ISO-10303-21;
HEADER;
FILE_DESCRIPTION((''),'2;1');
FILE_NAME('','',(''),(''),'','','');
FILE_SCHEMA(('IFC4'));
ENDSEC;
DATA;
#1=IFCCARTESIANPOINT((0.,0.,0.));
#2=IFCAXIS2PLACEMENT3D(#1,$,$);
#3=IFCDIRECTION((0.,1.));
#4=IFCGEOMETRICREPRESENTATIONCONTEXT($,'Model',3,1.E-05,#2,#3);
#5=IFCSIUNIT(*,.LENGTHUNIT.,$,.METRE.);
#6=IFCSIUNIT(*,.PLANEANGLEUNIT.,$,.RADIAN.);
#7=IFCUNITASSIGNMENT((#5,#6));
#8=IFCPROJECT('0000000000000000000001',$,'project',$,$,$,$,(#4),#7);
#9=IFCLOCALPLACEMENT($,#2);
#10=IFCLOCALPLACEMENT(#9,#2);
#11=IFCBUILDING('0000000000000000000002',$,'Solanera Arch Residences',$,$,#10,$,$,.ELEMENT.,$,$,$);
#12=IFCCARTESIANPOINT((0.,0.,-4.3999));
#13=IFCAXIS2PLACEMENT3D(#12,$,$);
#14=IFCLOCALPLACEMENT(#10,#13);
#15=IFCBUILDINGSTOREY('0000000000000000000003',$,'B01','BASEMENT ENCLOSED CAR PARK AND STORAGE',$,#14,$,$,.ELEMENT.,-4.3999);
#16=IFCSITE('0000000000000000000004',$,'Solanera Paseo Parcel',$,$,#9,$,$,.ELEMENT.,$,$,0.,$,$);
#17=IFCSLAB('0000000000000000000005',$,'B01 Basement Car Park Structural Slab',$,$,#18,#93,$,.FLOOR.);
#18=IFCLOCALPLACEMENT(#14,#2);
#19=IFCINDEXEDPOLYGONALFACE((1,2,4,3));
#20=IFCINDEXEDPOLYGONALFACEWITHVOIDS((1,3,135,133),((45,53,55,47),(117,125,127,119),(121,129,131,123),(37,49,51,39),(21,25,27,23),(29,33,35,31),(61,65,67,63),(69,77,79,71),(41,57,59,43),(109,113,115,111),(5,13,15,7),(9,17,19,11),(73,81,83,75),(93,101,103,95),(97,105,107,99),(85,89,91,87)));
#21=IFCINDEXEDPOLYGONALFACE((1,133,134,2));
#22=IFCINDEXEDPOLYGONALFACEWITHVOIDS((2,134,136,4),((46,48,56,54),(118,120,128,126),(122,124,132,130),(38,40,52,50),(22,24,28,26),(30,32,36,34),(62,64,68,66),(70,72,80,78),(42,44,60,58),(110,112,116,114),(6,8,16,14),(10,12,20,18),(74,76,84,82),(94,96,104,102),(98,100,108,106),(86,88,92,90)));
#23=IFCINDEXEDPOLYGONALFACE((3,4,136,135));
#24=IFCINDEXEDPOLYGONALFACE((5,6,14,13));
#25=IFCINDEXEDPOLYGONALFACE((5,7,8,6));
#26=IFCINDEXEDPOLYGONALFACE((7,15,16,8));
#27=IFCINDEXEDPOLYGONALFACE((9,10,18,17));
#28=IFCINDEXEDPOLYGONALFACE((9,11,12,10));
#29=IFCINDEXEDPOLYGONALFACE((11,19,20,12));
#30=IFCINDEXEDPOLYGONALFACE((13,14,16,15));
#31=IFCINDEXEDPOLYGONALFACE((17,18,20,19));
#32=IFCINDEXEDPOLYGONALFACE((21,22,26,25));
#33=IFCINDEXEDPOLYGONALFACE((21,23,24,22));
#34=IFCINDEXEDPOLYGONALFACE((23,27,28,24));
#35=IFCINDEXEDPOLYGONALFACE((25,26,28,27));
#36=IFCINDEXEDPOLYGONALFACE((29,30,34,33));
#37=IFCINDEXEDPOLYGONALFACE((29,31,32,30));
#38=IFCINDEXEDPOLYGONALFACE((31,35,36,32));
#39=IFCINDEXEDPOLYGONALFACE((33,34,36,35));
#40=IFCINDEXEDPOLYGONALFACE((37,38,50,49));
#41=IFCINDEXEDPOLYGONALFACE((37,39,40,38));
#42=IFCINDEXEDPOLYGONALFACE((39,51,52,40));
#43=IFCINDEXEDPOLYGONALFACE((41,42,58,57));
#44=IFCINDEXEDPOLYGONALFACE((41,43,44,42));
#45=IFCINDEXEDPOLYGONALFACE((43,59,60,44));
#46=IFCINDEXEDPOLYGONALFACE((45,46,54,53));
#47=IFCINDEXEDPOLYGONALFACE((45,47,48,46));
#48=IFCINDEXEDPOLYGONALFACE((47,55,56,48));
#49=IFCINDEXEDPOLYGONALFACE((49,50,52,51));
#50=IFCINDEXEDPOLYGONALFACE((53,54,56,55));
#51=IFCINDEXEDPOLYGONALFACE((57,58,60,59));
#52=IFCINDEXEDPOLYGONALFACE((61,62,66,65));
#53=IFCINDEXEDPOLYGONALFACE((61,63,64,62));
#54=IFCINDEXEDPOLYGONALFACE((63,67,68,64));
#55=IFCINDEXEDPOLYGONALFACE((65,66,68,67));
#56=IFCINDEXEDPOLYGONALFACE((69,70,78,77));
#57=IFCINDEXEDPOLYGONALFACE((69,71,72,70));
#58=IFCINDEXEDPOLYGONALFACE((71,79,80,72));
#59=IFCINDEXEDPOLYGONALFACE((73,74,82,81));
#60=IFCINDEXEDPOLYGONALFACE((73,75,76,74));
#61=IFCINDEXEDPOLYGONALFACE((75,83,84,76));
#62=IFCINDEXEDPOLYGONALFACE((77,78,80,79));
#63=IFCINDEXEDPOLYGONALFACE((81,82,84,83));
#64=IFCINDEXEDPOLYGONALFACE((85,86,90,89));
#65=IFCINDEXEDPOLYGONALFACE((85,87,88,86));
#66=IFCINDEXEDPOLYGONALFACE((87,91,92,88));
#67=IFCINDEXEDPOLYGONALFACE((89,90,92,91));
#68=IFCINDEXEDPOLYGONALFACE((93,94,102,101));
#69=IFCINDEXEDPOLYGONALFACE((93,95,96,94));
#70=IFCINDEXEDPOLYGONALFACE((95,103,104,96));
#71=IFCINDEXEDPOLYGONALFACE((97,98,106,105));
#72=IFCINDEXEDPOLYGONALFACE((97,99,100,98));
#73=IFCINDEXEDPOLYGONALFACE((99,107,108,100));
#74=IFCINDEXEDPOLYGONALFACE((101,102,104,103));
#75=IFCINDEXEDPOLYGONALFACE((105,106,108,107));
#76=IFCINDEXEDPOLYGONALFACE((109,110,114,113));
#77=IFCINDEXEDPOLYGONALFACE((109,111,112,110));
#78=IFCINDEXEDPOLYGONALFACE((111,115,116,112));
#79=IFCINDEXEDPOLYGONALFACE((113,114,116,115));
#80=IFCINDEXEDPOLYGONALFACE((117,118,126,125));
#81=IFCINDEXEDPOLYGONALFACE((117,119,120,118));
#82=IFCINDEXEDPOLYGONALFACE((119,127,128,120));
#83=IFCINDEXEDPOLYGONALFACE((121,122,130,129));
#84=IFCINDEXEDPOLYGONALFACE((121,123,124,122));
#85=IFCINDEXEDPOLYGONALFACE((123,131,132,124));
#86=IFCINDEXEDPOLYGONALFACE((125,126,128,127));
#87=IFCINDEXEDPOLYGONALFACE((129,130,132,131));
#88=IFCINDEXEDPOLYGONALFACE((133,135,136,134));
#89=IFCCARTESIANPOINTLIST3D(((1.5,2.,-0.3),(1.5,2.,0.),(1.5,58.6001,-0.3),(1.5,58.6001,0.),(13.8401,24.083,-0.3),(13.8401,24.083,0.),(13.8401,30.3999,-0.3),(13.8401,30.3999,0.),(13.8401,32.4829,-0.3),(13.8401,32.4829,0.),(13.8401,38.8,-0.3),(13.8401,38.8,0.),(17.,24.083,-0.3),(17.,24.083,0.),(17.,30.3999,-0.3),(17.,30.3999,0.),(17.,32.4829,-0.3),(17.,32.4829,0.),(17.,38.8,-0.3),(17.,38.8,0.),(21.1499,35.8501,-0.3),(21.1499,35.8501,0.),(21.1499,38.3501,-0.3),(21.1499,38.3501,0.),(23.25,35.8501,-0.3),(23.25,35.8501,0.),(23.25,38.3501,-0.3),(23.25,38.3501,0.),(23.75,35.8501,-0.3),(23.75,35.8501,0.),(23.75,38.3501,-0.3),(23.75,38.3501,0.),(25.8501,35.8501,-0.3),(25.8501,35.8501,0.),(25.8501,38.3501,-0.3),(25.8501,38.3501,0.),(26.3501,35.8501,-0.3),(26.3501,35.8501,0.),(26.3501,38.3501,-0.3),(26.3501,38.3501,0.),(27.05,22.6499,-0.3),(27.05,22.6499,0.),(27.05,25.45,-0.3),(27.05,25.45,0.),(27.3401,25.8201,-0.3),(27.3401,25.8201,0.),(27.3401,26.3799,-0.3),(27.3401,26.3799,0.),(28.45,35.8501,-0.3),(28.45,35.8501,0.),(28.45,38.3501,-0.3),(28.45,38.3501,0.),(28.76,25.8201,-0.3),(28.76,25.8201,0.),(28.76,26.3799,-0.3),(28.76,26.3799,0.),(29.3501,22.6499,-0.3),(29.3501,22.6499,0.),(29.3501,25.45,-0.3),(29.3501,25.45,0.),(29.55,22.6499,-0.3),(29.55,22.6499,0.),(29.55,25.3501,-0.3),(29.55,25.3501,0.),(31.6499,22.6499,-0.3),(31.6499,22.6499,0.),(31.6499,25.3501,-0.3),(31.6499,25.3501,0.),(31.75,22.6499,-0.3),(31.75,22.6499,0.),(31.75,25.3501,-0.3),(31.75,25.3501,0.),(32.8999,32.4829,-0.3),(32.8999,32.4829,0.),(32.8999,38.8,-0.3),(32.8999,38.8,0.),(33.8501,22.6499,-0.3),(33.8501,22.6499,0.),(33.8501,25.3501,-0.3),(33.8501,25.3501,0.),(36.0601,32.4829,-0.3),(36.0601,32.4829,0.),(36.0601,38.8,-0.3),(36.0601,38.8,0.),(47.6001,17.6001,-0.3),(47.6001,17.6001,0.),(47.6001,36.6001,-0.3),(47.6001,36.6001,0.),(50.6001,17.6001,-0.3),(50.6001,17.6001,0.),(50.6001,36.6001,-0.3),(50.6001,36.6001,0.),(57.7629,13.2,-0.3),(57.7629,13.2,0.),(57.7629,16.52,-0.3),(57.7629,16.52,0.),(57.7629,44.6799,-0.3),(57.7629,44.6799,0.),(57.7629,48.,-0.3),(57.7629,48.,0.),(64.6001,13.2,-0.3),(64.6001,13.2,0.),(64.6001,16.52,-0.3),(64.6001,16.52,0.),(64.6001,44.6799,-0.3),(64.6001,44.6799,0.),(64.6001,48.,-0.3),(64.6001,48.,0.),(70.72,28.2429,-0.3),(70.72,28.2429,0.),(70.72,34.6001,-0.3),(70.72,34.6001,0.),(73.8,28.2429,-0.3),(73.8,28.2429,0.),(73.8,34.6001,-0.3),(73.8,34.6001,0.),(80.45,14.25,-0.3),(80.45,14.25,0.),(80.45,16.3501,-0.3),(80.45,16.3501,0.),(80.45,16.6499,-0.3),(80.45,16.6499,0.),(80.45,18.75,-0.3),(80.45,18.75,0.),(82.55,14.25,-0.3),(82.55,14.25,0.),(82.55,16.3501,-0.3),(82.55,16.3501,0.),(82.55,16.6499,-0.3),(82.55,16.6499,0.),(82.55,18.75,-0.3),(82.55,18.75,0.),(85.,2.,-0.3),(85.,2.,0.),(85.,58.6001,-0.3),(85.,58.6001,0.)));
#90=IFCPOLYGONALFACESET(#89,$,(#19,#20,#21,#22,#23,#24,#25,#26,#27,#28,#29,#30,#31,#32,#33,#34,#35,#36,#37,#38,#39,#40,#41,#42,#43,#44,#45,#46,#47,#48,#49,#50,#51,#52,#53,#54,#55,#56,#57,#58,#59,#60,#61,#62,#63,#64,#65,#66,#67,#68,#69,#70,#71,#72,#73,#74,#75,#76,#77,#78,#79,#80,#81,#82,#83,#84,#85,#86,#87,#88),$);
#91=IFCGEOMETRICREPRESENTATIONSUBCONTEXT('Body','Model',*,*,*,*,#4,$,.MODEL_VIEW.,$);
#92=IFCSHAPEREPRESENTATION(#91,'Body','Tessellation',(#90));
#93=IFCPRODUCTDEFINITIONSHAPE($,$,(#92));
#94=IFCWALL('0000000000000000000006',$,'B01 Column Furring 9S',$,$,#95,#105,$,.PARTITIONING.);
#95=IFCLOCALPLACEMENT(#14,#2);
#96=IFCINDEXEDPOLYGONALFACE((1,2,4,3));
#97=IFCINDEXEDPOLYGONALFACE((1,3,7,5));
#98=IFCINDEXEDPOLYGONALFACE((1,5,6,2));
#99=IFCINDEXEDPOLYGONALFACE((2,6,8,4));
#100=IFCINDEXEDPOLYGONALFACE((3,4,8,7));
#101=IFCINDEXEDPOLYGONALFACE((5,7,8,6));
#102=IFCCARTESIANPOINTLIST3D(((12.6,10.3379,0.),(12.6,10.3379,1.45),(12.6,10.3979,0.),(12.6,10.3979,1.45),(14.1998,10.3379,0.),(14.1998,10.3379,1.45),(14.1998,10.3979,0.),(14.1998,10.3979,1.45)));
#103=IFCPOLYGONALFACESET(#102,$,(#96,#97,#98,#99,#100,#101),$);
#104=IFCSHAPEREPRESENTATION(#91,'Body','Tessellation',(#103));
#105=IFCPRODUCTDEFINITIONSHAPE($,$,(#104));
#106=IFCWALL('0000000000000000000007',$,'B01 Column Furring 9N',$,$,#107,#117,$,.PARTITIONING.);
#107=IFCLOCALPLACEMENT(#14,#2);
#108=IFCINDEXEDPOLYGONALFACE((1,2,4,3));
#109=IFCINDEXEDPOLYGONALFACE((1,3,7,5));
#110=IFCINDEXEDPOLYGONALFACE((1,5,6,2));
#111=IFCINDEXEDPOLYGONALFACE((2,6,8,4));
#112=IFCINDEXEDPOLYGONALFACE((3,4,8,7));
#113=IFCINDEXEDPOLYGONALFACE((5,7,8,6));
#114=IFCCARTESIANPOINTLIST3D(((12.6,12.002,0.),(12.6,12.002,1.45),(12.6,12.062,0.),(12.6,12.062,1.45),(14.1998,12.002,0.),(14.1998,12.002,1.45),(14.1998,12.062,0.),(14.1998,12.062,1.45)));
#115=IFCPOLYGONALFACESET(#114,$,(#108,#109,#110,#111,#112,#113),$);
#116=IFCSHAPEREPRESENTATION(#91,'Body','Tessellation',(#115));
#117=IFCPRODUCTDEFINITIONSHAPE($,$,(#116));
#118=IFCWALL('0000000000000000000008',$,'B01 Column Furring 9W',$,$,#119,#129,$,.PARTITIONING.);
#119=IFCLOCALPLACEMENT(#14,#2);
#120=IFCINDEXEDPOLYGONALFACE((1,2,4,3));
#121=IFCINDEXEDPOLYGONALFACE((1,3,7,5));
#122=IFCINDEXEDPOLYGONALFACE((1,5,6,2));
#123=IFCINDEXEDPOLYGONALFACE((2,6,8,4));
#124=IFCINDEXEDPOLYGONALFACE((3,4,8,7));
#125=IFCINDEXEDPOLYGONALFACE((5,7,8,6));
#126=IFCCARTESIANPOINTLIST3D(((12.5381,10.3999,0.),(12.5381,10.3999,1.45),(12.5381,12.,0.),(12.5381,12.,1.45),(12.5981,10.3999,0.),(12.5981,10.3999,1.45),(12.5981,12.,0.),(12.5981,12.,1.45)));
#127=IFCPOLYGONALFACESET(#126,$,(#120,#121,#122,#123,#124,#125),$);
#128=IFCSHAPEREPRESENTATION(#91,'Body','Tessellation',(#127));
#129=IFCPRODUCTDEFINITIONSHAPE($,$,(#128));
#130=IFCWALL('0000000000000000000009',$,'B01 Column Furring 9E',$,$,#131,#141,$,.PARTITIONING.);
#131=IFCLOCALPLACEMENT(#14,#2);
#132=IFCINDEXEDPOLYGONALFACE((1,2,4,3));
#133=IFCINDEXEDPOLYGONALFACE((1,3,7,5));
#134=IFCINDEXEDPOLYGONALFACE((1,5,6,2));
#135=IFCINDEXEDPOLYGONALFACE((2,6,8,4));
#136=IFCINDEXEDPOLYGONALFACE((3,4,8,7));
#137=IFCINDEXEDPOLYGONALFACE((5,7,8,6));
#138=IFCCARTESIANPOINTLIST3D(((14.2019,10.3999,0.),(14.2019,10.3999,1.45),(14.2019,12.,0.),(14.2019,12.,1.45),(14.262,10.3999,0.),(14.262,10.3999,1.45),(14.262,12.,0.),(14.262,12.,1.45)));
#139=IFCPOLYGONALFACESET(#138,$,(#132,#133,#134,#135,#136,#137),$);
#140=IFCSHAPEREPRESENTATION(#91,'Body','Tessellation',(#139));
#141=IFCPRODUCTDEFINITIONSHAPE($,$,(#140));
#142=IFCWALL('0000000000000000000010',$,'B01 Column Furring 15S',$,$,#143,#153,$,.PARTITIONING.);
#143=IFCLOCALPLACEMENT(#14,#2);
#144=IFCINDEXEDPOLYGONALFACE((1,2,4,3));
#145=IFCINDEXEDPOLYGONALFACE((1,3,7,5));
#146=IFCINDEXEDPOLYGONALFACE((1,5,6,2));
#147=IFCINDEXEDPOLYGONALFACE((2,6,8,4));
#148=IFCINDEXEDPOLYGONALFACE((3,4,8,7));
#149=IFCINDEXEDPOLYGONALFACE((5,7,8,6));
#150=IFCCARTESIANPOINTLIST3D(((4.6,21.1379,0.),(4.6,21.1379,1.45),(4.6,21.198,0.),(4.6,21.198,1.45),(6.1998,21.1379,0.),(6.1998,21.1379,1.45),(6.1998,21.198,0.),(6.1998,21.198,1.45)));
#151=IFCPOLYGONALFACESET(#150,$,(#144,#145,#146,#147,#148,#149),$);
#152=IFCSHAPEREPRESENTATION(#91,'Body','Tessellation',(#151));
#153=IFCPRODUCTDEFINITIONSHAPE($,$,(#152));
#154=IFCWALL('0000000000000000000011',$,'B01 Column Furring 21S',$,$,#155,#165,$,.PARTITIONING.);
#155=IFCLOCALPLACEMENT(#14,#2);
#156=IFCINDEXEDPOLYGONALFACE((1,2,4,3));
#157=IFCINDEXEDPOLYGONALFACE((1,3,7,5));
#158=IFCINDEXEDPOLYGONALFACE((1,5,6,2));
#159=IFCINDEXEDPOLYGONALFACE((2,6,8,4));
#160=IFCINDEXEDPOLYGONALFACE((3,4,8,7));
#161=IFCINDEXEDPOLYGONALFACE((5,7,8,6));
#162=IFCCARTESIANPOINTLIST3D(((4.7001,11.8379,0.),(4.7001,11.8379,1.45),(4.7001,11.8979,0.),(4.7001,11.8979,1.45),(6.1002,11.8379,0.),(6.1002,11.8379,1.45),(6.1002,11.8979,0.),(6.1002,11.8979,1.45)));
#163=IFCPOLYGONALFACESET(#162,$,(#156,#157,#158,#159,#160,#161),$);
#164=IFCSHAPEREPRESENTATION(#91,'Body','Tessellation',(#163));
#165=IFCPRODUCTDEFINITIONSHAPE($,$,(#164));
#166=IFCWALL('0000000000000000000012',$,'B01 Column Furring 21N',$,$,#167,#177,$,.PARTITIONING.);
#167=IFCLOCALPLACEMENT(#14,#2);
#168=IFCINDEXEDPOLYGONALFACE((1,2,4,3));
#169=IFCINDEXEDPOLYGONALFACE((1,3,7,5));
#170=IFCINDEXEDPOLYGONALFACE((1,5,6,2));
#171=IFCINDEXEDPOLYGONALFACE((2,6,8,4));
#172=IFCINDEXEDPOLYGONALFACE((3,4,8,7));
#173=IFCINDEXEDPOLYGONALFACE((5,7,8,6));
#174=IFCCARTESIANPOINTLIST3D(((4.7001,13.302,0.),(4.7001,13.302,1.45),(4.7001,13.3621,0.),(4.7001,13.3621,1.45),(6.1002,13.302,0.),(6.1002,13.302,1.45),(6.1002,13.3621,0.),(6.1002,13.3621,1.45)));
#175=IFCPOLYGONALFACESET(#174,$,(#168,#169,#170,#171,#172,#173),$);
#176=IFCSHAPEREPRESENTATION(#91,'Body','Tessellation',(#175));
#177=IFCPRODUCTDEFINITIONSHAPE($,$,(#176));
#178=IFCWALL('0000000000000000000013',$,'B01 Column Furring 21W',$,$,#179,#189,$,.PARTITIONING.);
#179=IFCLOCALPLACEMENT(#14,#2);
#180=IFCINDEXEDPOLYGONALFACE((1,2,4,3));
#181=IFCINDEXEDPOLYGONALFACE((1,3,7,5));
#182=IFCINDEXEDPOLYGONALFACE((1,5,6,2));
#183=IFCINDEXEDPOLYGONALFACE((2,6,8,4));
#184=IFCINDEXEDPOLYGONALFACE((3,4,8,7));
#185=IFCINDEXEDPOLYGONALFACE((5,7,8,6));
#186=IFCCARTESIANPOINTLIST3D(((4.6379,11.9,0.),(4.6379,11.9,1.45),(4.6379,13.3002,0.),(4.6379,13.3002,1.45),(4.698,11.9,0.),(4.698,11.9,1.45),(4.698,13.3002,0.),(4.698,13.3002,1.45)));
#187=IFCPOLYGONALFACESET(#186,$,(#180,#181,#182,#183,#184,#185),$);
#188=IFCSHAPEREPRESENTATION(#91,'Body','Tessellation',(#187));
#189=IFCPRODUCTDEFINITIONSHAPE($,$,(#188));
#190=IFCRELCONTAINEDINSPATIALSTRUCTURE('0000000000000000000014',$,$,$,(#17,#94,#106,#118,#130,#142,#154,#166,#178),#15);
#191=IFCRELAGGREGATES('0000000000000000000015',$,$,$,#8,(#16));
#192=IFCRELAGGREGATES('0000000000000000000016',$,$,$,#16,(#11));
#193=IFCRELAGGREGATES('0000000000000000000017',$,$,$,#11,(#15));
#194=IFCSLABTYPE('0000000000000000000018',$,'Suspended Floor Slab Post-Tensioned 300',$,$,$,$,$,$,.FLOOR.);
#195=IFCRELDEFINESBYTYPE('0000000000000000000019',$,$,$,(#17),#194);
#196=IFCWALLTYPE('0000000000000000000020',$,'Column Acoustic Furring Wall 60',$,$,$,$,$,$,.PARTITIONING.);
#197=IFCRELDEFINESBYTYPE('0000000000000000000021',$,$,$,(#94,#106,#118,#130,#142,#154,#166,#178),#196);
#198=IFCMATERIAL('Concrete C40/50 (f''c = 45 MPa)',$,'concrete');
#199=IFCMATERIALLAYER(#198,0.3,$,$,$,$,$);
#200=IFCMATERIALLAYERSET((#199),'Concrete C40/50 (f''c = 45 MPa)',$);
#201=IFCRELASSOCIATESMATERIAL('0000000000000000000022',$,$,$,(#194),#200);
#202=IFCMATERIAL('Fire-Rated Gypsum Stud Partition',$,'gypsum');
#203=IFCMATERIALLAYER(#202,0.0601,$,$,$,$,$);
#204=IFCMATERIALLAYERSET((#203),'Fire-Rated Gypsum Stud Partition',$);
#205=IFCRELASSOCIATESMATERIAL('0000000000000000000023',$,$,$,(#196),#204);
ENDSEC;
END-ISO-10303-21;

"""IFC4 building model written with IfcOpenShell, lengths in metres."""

from ifc_helpers import new_model, si_unit, direction, frame, frame_2d, origin, place, context, subcontext, project, spatial, polyline, rectangle, outline, extrude, material, layer, layer_set, type_object, element, save


model = new_model("IFC4")

# Units and contexts
model_context = context("Model", 3, precision=1e-05, world=origin(), true_north=direction((0.0, 1.0)))
body_context = subcontext(model_context, "Body", "Model", "MODEL_VIEW")
ifc_project = project(units=[si_unit("LENGTHUNIT", "METRE"), si_unit("PLANEANGLEUNIT", "RADIAN")], contexts=[model_context])

# Site, building, storey
site_placement = place(None, origin())
site = spatial("IfcSite", under=ifc_project, at=site_placement, Name="Solanera Paseo Parcel", CompositionType="ELEMENT", RefElevation=0.0)
building_placement = place(site_placement, origin())
building = spatial("IfcBuilding", under=site, at=building_placement, Name="Solanera Arch Residences", CompositionType="ELEMENT")
storey_placement = place(building_placement, frame((0.0, 0.0, -4.3999)))
storey = spatial("IfcBuildingStorey", under=building, at=storey_placement, Name="B01", Description="BASEMENT ENCLOSED CAR PARK AND STORAGE", CompositionType="ELEMENT", Elevation=-4.3999)

# Slab
ifc_material_1 = material(Name="Concrete C40/50 (f'c = 45 MPa)", Category="concrete")
ifc_layer_1 = layer(ifc_material_1, 0.3)
ifc_layer_set_1 = layer_set([ifc_layer_1], Name="Concrete C40/50 (f'c = 45 MPa)")
slab_type_1 = type_object("IfcSlabType", Name="Suspended Floor Slab Post-Tensioned 300", PredefinedType="FLOOR", material=ifc_layer_set_1)
slab_1_placement = place(storey_placement, frame((0.0, 0.0, -0.3)))
element("IfcSlab", 1, at=slab_1_placement, inside=storey, type_object=slab_type_1, Name="B01 Basement Car Park Structural Slab", PredefinedType="FLOOR", context=body_context, shape_type="SweptSolid", body=[
    extrude(outline(polyline([(1.5, 2.0), (85.0, 2.0), (85.0, 58.6001), (1.5, 58.6001), (1.5, 2.0)]), holes=[polyline([(13.8401, 32.4829), (13.8401, 38.8), (17.0, 38.8), (17.0, 32.4829), (13.8401, 32.4829)]), polyline([(32.8999, 32.4829), (32.8999, 38.8), (36.0601, 38.8), (36.0601, 32.4829), (32.8999, 32.4829)]), polyline([(13.8401, 24.083), (13.8401, 30.3999), (17.0, 30.3999), (17.0, 24.083), (13.8401, 24.083)]), polyline([(57.7629, 16.52), (64.6001, 16.52), (64.6001, 13.2), (57.7629, 13.2), (57.7629, 16.52)]), polyline([(57.7629, 48.0), (64.6001, 48.0), (64.6001, 44.6799), (57.7629, 44.6799), (57.7629, 48.0)]), polyline([(70.72, 28.2429), (70.72, 34.6001), (73.8, 34.6001), (73.8, 28.2429), (70.72, 28.2429)]), polyline([(21.1499, 38.3501), (23.25, 38.3501), (23.25, 35.8501), (21.1499, 35.8501), (21.1499, 38.3501)]), polyline([(23.75, 38.3501), (25.8501, 38.3501), (25.8501, 35.8501), (23.75, 35.8501), (23.75, 38.3501)]), polyline([(26.3501, 38.3501), (28.45, 38.3501), (28.45, 35.8501), (26.3501, 35.8501), (26.3501, 38.3501)]), polyline([(29.55, 25.3501), (31.6499, 25.3501), (31.6499, 22.6499), (29.55, 22.6499), (29.55, 25.3501)]), polyline([(31.75, 25.3501), (33.8501, 25.3501), (33.8501, 22.6499), (31.75, 22.6499), (31.75, 25.3501)]), polyline([(27.05, 25.45), (29.3501, 25.45), (29.3501, 22.6499), (27.05, 22.6499), (27.05, 25.45)]), polyline([(80.45, 16.3501), (82.55, 16.3501), (82.55, 14.25), (80.45, 14.25), (80.45, 16.3501)]), polyline([(80.45, 18.75), (82.55, 18.75), (82.55, 16.6499), (80.45, 16.6499), (80.45, 18.75)]), polyline([(27.3401, 26.3799), (28.76, 26.3799), (28.76, 25.8201), (27.3401, 25.8201), (27.3401, 26.3799)]), polyline([(47.6001, 36.6001), (50.6001, 36.6001), (50.6001, 17.6001), (47.6001, 17.6001), (47.6001, 36.6001)])]), origin(), (0.0, 0.0, 1.0), 0.3),
])

# Walls
ifc_material_2 = material(Name="Fire-Rated Gypsum Stud Partition", Category="gypsum")
ifc_layer_2 = layer(ifc_material_2, 0.0601)
ifc_layer_set_2 = layer_set([ifc_layer_2], Name="Fire-Rated Gypsum Stud Partition")
wall_type_1 = type_object("IfcWallType", Name="Column Acoustic Furring Wall 60", PredefinedType="PARTITIONING", material=ifc_layer_set_2)
for number, where, z_axis, x_axis, name in (
    (2, (12.6001, 10.3679, 0.0), (0.0, 0.0, 1.0), (1.0, 0.0, 0.0), "B01 Column Furring 9S"),
    (3, (12.6001, 12.032, 0.0), (0.0, 0.0, 1.0), (1.0, 0.0, 0.0), "B01 Column Furring 9N"),
):
    element("IfcWall", number, at=place(storey_placement, frame(where, z_axis=z_axis, x_axis=x_axis)), inside=storey, type_object=wall_type_1, Name=name, PredefinedType="PARTITIONING", context=body_context, shape_type="SweptSolid", body=[
        extrude(rectangle(XDim=1.5999, YDim=0.0601, at=frame_2d((0.7998, 0.0))), origin(), (0.0, 0.0, 1.0), 1.45),
    ])
for number, where, z_axis, x_axis, name in (
    (4, (12.5681, 10.3999, 0.0), (0.0, 0.0, 1.0), (0.0, 1.0, 0.0), "B01 Column Furring 9W"),
    (5, (14.2319, 10.3999, 0.0), (0.0, 0.0, 1.0), (0.0, 1.0, 0.0), "B01 Column Furring 9E"),
):
    element("IfcWall", number, at=place(storey_placement, frame(where, z_axis=z_axis, x_axis=x_axis)), inside=storey, type_object=wall_type_1, Name=name, PredefinedType="PARTITIONING", context=body_context, shape_type="SweptSolid", body=[
        extrude(rectangle(XDim=1.6001, YDim=0.0601, at=frame_2d((0.8, 0.0))), origin(), (0.0, 0.0, 1.0), 1.45),
    ])
wall_1_placement = place(storey_placement, frame((4.6001, 21.168, 0.0), z_axis=(0.0, 0.0, 1.0), x_axis=(1.0, 0.0, 0.0)))
element("IfcWall", 6, at=wall_1_placement, inside=storey, type_object=wall_type_1, Name="B01 Column Furring 15S", PredefinedType="PARTITIONING", context=body_context, shape_type="SweptSolid", body=[
    extrude(rectangle(XDim=1.5999, YDim=0.0601, at=frame_2d((0.7998, 0.0))), origin(), (0.0, 0.0, 1.0), 1.45),
])
for number, where, z_axis, x_axis, name in (
    (7, (4.7, 11.8679, 0.0), (0.0, 0.0, 1.0), (1.0, 0.0, 0.0), "B01 Column Furring 21S"),
    (8, (4.7, 13.332, 0.0), (0.0, 0.0, 1.0), (1.0, 0.0, 0.0), "B01 Column Furring 21N"),
    (9, (4.668, 11.8999, 0.0), (0.0, 0.0, 1.0), (0.0, 1.0, 0.0), "B01 Column Furring 21W"),
):
    element("IfcWall", number, at=place(storey_placement, frame(where, z_axis=z_axis, x_axis=x_axis)), inside=storey, type_object=wall_type_1, Name=name, PredefinedType="PARTITIONING", context=body_context, shape_type="SweptSolid", body=[
        extrude(rectangle(XDim=1.4001, YDim=0.0601, at=frame_2d((0.7002, 0.0))), origin(), (0.0, 0.0, 1.0), 1.45),
    ])

save(model, "model.ifc")
